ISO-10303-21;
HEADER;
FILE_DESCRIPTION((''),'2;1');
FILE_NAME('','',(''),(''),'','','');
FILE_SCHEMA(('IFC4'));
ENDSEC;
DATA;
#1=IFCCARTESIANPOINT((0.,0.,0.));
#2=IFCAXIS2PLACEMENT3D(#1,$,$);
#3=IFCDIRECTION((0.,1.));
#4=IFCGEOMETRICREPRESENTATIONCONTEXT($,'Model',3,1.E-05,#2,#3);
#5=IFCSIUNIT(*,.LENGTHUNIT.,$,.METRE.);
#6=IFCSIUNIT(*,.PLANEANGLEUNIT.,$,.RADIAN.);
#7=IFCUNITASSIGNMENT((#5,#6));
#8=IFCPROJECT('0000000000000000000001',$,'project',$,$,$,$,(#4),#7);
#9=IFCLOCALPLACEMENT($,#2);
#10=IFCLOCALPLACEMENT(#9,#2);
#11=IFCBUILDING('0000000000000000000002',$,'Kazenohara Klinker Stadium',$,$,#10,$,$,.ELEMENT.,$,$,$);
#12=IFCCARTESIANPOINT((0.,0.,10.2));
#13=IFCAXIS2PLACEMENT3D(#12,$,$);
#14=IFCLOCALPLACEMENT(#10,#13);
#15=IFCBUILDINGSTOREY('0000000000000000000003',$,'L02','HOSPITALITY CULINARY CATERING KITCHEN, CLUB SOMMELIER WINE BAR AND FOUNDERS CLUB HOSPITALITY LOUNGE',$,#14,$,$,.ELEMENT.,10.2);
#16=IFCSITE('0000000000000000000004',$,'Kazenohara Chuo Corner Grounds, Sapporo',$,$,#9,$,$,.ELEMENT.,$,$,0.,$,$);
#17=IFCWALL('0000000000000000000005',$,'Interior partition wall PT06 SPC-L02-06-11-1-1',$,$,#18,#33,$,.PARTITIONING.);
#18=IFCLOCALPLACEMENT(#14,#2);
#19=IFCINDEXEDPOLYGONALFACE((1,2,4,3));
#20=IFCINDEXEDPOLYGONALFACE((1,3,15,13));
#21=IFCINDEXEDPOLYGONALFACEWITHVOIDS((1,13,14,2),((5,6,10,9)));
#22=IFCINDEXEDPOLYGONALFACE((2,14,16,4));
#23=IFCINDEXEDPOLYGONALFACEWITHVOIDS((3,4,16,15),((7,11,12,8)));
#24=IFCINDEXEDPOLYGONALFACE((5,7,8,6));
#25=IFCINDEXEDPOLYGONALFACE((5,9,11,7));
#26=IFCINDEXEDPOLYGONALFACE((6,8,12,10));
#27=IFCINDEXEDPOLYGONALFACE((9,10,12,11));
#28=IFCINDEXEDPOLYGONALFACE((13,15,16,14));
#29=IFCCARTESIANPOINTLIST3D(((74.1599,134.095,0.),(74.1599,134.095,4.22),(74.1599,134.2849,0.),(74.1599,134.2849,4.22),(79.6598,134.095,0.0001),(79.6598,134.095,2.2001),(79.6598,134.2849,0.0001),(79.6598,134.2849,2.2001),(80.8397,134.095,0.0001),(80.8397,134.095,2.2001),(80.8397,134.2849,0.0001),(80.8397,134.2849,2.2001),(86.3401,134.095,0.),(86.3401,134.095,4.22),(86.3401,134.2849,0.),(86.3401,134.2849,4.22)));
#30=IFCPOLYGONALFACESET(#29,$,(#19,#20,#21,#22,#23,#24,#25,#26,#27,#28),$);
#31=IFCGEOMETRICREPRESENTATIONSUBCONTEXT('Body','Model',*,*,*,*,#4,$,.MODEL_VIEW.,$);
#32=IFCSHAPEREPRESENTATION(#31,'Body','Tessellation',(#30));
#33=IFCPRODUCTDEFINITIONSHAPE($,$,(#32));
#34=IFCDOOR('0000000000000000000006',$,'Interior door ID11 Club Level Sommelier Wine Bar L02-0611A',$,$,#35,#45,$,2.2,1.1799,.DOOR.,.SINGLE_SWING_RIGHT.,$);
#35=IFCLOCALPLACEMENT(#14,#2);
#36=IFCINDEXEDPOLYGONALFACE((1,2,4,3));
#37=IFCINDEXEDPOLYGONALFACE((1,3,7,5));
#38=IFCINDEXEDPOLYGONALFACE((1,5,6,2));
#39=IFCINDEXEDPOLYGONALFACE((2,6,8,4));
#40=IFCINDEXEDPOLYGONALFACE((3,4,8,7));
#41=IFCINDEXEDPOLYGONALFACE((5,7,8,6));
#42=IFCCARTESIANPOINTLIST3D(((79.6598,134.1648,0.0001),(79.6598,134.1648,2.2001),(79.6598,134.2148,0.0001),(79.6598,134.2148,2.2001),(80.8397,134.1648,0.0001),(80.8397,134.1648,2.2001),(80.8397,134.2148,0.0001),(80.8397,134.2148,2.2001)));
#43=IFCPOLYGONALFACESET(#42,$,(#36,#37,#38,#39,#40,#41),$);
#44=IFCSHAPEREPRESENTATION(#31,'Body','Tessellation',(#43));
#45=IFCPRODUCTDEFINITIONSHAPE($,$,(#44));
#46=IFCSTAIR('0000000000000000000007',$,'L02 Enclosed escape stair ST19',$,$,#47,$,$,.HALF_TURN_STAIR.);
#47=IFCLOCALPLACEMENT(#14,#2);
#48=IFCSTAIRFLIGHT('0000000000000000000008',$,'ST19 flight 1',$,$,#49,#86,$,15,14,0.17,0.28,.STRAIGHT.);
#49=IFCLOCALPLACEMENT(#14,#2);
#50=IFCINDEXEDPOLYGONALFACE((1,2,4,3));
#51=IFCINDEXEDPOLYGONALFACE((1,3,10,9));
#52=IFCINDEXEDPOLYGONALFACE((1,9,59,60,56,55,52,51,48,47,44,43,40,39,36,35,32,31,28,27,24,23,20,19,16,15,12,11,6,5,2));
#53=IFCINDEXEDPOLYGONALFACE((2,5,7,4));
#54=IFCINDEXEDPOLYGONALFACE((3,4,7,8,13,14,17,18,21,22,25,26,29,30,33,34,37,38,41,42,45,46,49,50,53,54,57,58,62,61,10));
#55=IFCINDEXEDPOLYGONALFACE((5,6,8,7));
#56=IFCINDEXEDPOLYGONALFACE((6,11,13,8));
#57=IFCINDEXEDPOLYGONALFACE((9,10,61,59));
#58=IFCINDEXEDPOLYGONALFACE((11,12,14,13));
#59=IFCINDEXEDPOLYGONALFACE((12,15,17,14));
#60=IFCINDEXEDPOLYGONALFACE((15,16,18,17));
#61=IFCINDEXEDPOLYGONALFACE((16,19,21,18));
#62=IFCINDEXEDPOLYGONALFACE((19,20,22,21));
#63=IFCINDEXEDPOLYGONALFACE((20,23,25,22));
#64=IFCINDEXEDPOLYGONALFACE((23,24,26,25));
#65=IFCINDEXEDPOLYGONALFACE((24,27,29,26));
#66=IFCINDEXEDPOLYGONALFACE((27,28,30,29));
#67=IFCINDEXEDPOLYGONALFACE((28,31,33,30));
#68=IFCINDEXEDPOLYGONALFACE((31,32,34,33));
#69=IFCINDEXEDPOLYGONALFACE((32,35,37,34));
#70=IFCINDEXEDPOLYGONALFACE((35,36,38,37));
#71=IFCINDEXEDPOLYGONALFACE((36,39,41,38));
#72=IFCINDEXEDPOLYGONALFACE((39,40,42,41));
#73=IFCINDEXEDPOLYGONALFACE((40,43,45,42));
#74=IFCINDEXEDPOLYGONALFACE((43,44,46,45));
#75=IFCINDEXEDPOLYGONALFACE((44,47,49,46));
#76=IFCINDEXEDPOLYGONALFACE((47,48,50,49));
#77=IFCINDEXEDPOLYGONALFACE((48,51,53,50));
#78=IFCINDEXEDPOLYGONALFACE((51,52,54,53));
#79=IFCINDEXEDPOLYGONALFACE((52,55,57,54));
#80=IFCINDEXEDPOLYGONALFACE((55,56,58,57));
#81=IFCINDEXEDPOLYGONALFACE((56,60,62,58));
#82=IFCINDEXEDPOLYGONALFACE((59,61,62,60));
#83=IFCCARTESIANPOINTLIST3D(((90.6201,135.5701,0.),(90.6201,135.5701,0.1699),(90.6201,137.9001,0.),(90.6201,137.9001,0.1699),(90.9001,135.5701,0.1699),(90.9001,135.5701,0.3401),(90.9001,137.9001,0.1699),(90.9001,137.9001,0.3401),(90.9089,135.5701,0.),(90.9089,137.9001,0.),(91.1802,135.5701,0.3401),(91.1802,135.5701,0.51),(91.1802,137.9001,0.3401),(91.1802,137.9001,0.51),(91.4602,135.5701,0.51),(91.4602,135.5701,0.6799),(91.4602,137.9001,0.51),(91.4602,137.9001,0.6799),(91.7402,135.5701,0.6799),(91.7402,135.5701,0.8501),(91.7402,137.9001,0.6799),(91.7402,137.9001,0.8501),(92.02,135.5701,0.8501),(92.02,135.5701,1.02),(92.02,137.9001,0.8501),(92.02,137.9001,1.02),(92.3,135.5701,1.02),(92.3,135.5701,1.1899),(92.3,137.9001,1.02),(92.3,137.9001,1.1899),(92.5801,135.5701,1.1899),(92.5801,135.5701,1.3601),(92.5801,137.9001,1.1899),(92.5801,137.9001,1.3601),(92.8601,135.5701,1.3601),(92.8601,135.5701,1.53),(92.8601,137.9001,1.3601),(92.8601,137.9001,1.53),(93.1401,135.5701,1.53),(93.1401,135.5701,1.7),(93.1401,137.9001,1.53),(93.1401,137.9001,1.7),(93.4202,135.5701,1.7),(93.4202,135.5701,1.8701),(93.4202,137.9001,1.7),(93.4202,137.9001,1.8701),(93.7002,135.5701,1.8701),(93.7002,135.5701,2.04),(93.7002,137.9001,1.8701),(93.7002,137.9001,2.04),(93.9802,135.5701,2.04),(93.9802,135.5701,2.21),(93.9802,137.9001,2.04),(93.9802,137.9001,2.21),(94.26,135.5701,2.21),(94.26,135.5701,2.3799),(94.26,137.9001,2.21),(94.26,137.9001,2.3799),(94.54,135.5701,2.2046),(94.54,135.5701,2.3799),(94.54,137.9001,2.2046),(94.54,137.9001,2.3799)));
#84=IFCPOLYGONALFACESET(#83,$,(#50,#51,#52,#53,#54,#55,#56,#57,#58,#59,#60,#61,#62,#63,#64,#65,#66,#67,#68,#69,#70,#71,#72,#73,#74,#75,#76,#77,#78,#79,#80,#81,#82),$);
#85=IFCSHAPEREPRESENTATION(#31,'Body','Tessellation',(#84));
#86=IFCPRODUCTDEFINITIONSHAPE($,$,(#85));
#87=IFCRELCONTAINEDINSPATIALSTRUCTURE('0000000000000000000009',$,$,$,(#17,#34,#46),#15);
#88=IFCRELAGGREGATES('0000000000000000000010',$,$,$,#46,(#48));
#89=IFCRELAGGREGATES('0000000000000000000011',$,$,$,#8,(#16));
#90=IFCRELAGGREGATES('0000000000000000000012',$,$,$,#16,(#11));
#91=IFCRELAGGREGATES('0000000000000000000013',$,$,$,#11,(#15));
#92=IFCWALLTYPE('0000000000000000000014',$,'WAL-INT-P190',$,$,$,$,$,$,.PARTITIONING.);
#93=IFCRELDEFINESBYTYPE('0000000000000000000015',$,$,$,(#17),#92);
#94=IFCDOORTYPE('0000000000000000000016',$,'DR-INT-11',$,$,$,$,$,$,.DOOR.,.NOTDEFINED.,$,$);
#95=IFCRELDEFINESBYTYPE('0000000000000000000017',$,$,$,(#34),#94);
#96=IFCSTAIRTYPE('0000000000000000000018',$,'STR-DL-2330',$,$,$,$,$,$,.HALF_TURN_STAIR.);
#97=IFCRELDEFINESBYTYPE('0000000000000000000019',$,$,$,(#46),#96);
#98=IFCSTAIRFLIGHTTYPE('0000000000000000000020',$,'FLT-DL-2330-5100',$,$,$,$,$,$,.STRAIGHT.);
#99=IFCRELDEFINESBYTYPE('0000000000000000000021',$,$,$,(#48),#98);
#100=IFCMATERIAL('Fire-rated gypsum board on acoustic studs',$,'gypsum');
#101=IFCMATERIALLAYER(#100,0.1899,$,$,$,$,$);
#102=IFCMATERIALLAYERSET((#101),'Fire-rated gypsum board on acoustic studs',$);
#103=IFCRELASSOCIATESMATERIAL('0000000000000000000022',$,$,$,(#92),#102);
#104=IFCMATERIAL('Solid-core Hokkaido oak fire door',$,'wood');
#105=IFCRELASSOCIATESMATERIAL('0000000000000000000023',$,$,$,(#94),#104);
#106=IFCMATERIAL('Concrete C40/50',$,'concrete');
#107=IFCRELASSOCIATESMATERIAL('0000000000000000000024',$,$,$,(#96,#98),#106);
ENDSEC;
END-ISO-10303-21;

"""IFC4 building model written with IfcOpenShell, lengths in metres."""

from ifc_helpers import new_model, si_unit, direction, frame, frame_2d, origin, place, context, subcontext, project, spatial, polyline, rectangle, outline, extrude, material, layer, layer_set, type_object, element, fill, aggregate, save


model = new_model("IFC4")

# Units and contexts
model_context = context("Model", 3, precision=1e-05, world=origin(), true_north=direction((0.0, 1.0)))
body_context = subcontext(model_context, "Body", "Model", "MODEL_VIEW")
ifc_project = project(units=[si_unit("LENGTHUNIT", "METRE"), si_unit("PLANEANGLEUNIT", "RADIAN")], contexts=[model_context])

# Site, building, storey
site_placement = place(None, origin())
site = spatial("IfcSite", under=ifc_project, at=site_placement, Name="Kazenohara Chuo Corner Grounds, Sapporo", CompositionType="ELEMENT", RefElevation=0.0)
building_placement = place(site_placement, origin())
building = spatial("IfcBuilding", under=site, at=building_placement, Name="Kazenohara Klinker Stadium", CompositionType="ELEMENT")
storey_placement = place(building_placement, frame((0.0, 0.0, 10.2)))
storey = spatial("IfcBuildingStorey", under=building, at=storey_placement, Name="L02", Description="HOSPITALITY CULINARY CATERING KITCHEN, CLUB SOMMELIER WINE BAR AND FOUNDERS CLUB HOSPITALITY LOUNGE", CompositionType="ELEMENT", Elevation=10.2)

# Shared definitions
ifc_material_1 = material(Name="Concrete C40/50", Category="concrete")

# Wall, opening, door
ifc_material_2 = material(Name="Fire-rated gypsum board on acoustic studs", Category="gypsum")
ifc_layer_1 = layer(ifc_material_2, 0.1899)
ifc_layer_set_1 = layer_set([ifc_layer_1], Name="Fire-rated gypsum board on acoustic studs")
wall_type_1 = type_object("IfcWallType", Name="WAL-INT-P190", PredefinedType="PARTITIONING", material=ifc_layer_set_1)
wall_1_placement = place(storey_placement, frame((74.1599, 134.1899, 0.0), z_axis=(0.0, 0.0, 1.0), x_axis=(1.0, 0.0, 0.0)))
wall_1 = element("IfcWall", 1, at=wall_1_placement, inside=storey, type_object=wall_type_1, Name="Interior partition wall PT06 SPC-L02-06-11-1-1", PredefinedType="PARTITIONING", context=body_context, shape_type="SweptSolid", body=[
    extrude(rectangle(XDim=12.1802, YDim=0.1899, at=frame_2d((6.0901, 0.0))), origin(), (0.0, 0.0, 1.0), 4.22),
])
opening_1_placement = place(wall_1_placement, frame((5.5, 0.0, 0.0)))
opening_1 = element("IfcOpeningElement", 2, at=opening_1_placement, cuts=wall_1, PredefinedType="OPENING", context=body_context, shape_type="SweptSolid", body=[
    extrude(rectangle(XDim=1.1799, YDim=2.2, at=frame_2d((0.5898, 1.1001))), frame((0.0, 0.105, 0.0), z_axis=(0.0, -1.0, 0.0), x_axis=(1.0, 0.0, 0.0)), (0.0, 0.0, 1.0), 0.21),
])
ifc_material_3 = material(Name="Solid-core Hokkaido oak fire door", Category="wood")
door_type_1 = type_object("IfcDoorType", Name="DR-INT-11", OperationType="NOTDEFINED", PredefinedType="DOOR", material=ifc_material_3)
door_1_placement = place(opening_1_placement, origin())
door_1 = element("IfcDoor", 3, at=door_1_placement, inside=storey, type_object=door_type_1, Name="Interior door ID11 Club Level Sommelier Wine Bar L02-0611A", OperationType="SINGLE_SWING_RIGHT", OverallHeight=2.2, OverallWidth=1.1799, PredefinedType="DOOR", context=body_context, shape_type="SweptSolid", body=[
    extrude(rectangle(XDim=1.1799, YDim=2.2, at=frame_2d((0.5898, 1.1001))), frame((0.0, 0.0249, 0.0), z_axis=(0.0, -1.0, 0.0), x_axis=(1.0, 0.0, 0.0)), (0.0, 0.0, 1.0), 0.05),
])
fill(opening_1, door_1)

# Stair, stair flight
stair_type = type_object("IfcStairType", Name="STR-DL-2330", PredefinedType="HALF_TURN_STAIR", material=ifc_material_1)
stair_placement = place(storey_placement, origin())
stair = element("IfcStair", 4, at=stair_placement, inside=storey, type_object=stair_type, Name="L02 Enclosed escape stair ST19", PredefinedType="HALF_TURN_STAIR")
stair_flight_type = type_object("IfcStairFlightType", Name="FLT-DL-2330-5100", PredefinedType="STRAIGHT", material=ifc_material_1)
stair_flight_placement = place(storey_placement, frame((90.6201, 136.7351, 0.0), z_axis=(0.0, 0.0, 1.0), x_axis=(1.0, 0.0, 0.0)))
stair_flight = element("IfcStairFlight", 5, at=stair_flight_placement, type_object=stair_flight_type, Name="ST19 flight 1", NumberOfRisers=15, NumberOfTreads=14, PredefinedType="STRAIGHT", RiserHeight=0.17, TreadLength=0.28, context=body_context, shape_type="SweptSolid", body=[
    extrude(outline(polyline([(0.0, 0.0), (0.0, 0.1699), (0.28, 0.1699), (0.28, 0.3401), (0.5601, 0.3401), (0.5601, 0.51), (0.8401, 0.51), (0.8401, 0.6799), (1.1201, 0.6799), (1.1201, 0.8501), (1.3999, 0.8501), (1.3999, 1.02), (1.6799, 1.02), (1.6799, 1.1899), (1.96, 1.1899), (1.96, 1.3601), (2.24, 1.3601), (2.24, 1.53), (2.52, 1.53), (2.52, 1.7), (2.8, 1.7), (2.8, 1.8701), (3.0801, 1.8701), (3.0801, 2.04), (3.3601, 2.04), (3.3601, 2.21), (3.6399, 2.21), (3.6399, 2.3799), (3.9199, 2.3799), (3.9199, 2.55), (3.9199, 2.2046), (0.2888, 0.0), (0.0, 0.0)])), frame((0.0, 1.165, 0.0), z_axis=(0.0, -1.0, 0.0), x_axis=(1.0, 0.0, 0.0)), (0.0, 0.0, 1.0), 2.3301),
])
aggregate(stair, [stair_flight])

save(model, "model.ifc")
